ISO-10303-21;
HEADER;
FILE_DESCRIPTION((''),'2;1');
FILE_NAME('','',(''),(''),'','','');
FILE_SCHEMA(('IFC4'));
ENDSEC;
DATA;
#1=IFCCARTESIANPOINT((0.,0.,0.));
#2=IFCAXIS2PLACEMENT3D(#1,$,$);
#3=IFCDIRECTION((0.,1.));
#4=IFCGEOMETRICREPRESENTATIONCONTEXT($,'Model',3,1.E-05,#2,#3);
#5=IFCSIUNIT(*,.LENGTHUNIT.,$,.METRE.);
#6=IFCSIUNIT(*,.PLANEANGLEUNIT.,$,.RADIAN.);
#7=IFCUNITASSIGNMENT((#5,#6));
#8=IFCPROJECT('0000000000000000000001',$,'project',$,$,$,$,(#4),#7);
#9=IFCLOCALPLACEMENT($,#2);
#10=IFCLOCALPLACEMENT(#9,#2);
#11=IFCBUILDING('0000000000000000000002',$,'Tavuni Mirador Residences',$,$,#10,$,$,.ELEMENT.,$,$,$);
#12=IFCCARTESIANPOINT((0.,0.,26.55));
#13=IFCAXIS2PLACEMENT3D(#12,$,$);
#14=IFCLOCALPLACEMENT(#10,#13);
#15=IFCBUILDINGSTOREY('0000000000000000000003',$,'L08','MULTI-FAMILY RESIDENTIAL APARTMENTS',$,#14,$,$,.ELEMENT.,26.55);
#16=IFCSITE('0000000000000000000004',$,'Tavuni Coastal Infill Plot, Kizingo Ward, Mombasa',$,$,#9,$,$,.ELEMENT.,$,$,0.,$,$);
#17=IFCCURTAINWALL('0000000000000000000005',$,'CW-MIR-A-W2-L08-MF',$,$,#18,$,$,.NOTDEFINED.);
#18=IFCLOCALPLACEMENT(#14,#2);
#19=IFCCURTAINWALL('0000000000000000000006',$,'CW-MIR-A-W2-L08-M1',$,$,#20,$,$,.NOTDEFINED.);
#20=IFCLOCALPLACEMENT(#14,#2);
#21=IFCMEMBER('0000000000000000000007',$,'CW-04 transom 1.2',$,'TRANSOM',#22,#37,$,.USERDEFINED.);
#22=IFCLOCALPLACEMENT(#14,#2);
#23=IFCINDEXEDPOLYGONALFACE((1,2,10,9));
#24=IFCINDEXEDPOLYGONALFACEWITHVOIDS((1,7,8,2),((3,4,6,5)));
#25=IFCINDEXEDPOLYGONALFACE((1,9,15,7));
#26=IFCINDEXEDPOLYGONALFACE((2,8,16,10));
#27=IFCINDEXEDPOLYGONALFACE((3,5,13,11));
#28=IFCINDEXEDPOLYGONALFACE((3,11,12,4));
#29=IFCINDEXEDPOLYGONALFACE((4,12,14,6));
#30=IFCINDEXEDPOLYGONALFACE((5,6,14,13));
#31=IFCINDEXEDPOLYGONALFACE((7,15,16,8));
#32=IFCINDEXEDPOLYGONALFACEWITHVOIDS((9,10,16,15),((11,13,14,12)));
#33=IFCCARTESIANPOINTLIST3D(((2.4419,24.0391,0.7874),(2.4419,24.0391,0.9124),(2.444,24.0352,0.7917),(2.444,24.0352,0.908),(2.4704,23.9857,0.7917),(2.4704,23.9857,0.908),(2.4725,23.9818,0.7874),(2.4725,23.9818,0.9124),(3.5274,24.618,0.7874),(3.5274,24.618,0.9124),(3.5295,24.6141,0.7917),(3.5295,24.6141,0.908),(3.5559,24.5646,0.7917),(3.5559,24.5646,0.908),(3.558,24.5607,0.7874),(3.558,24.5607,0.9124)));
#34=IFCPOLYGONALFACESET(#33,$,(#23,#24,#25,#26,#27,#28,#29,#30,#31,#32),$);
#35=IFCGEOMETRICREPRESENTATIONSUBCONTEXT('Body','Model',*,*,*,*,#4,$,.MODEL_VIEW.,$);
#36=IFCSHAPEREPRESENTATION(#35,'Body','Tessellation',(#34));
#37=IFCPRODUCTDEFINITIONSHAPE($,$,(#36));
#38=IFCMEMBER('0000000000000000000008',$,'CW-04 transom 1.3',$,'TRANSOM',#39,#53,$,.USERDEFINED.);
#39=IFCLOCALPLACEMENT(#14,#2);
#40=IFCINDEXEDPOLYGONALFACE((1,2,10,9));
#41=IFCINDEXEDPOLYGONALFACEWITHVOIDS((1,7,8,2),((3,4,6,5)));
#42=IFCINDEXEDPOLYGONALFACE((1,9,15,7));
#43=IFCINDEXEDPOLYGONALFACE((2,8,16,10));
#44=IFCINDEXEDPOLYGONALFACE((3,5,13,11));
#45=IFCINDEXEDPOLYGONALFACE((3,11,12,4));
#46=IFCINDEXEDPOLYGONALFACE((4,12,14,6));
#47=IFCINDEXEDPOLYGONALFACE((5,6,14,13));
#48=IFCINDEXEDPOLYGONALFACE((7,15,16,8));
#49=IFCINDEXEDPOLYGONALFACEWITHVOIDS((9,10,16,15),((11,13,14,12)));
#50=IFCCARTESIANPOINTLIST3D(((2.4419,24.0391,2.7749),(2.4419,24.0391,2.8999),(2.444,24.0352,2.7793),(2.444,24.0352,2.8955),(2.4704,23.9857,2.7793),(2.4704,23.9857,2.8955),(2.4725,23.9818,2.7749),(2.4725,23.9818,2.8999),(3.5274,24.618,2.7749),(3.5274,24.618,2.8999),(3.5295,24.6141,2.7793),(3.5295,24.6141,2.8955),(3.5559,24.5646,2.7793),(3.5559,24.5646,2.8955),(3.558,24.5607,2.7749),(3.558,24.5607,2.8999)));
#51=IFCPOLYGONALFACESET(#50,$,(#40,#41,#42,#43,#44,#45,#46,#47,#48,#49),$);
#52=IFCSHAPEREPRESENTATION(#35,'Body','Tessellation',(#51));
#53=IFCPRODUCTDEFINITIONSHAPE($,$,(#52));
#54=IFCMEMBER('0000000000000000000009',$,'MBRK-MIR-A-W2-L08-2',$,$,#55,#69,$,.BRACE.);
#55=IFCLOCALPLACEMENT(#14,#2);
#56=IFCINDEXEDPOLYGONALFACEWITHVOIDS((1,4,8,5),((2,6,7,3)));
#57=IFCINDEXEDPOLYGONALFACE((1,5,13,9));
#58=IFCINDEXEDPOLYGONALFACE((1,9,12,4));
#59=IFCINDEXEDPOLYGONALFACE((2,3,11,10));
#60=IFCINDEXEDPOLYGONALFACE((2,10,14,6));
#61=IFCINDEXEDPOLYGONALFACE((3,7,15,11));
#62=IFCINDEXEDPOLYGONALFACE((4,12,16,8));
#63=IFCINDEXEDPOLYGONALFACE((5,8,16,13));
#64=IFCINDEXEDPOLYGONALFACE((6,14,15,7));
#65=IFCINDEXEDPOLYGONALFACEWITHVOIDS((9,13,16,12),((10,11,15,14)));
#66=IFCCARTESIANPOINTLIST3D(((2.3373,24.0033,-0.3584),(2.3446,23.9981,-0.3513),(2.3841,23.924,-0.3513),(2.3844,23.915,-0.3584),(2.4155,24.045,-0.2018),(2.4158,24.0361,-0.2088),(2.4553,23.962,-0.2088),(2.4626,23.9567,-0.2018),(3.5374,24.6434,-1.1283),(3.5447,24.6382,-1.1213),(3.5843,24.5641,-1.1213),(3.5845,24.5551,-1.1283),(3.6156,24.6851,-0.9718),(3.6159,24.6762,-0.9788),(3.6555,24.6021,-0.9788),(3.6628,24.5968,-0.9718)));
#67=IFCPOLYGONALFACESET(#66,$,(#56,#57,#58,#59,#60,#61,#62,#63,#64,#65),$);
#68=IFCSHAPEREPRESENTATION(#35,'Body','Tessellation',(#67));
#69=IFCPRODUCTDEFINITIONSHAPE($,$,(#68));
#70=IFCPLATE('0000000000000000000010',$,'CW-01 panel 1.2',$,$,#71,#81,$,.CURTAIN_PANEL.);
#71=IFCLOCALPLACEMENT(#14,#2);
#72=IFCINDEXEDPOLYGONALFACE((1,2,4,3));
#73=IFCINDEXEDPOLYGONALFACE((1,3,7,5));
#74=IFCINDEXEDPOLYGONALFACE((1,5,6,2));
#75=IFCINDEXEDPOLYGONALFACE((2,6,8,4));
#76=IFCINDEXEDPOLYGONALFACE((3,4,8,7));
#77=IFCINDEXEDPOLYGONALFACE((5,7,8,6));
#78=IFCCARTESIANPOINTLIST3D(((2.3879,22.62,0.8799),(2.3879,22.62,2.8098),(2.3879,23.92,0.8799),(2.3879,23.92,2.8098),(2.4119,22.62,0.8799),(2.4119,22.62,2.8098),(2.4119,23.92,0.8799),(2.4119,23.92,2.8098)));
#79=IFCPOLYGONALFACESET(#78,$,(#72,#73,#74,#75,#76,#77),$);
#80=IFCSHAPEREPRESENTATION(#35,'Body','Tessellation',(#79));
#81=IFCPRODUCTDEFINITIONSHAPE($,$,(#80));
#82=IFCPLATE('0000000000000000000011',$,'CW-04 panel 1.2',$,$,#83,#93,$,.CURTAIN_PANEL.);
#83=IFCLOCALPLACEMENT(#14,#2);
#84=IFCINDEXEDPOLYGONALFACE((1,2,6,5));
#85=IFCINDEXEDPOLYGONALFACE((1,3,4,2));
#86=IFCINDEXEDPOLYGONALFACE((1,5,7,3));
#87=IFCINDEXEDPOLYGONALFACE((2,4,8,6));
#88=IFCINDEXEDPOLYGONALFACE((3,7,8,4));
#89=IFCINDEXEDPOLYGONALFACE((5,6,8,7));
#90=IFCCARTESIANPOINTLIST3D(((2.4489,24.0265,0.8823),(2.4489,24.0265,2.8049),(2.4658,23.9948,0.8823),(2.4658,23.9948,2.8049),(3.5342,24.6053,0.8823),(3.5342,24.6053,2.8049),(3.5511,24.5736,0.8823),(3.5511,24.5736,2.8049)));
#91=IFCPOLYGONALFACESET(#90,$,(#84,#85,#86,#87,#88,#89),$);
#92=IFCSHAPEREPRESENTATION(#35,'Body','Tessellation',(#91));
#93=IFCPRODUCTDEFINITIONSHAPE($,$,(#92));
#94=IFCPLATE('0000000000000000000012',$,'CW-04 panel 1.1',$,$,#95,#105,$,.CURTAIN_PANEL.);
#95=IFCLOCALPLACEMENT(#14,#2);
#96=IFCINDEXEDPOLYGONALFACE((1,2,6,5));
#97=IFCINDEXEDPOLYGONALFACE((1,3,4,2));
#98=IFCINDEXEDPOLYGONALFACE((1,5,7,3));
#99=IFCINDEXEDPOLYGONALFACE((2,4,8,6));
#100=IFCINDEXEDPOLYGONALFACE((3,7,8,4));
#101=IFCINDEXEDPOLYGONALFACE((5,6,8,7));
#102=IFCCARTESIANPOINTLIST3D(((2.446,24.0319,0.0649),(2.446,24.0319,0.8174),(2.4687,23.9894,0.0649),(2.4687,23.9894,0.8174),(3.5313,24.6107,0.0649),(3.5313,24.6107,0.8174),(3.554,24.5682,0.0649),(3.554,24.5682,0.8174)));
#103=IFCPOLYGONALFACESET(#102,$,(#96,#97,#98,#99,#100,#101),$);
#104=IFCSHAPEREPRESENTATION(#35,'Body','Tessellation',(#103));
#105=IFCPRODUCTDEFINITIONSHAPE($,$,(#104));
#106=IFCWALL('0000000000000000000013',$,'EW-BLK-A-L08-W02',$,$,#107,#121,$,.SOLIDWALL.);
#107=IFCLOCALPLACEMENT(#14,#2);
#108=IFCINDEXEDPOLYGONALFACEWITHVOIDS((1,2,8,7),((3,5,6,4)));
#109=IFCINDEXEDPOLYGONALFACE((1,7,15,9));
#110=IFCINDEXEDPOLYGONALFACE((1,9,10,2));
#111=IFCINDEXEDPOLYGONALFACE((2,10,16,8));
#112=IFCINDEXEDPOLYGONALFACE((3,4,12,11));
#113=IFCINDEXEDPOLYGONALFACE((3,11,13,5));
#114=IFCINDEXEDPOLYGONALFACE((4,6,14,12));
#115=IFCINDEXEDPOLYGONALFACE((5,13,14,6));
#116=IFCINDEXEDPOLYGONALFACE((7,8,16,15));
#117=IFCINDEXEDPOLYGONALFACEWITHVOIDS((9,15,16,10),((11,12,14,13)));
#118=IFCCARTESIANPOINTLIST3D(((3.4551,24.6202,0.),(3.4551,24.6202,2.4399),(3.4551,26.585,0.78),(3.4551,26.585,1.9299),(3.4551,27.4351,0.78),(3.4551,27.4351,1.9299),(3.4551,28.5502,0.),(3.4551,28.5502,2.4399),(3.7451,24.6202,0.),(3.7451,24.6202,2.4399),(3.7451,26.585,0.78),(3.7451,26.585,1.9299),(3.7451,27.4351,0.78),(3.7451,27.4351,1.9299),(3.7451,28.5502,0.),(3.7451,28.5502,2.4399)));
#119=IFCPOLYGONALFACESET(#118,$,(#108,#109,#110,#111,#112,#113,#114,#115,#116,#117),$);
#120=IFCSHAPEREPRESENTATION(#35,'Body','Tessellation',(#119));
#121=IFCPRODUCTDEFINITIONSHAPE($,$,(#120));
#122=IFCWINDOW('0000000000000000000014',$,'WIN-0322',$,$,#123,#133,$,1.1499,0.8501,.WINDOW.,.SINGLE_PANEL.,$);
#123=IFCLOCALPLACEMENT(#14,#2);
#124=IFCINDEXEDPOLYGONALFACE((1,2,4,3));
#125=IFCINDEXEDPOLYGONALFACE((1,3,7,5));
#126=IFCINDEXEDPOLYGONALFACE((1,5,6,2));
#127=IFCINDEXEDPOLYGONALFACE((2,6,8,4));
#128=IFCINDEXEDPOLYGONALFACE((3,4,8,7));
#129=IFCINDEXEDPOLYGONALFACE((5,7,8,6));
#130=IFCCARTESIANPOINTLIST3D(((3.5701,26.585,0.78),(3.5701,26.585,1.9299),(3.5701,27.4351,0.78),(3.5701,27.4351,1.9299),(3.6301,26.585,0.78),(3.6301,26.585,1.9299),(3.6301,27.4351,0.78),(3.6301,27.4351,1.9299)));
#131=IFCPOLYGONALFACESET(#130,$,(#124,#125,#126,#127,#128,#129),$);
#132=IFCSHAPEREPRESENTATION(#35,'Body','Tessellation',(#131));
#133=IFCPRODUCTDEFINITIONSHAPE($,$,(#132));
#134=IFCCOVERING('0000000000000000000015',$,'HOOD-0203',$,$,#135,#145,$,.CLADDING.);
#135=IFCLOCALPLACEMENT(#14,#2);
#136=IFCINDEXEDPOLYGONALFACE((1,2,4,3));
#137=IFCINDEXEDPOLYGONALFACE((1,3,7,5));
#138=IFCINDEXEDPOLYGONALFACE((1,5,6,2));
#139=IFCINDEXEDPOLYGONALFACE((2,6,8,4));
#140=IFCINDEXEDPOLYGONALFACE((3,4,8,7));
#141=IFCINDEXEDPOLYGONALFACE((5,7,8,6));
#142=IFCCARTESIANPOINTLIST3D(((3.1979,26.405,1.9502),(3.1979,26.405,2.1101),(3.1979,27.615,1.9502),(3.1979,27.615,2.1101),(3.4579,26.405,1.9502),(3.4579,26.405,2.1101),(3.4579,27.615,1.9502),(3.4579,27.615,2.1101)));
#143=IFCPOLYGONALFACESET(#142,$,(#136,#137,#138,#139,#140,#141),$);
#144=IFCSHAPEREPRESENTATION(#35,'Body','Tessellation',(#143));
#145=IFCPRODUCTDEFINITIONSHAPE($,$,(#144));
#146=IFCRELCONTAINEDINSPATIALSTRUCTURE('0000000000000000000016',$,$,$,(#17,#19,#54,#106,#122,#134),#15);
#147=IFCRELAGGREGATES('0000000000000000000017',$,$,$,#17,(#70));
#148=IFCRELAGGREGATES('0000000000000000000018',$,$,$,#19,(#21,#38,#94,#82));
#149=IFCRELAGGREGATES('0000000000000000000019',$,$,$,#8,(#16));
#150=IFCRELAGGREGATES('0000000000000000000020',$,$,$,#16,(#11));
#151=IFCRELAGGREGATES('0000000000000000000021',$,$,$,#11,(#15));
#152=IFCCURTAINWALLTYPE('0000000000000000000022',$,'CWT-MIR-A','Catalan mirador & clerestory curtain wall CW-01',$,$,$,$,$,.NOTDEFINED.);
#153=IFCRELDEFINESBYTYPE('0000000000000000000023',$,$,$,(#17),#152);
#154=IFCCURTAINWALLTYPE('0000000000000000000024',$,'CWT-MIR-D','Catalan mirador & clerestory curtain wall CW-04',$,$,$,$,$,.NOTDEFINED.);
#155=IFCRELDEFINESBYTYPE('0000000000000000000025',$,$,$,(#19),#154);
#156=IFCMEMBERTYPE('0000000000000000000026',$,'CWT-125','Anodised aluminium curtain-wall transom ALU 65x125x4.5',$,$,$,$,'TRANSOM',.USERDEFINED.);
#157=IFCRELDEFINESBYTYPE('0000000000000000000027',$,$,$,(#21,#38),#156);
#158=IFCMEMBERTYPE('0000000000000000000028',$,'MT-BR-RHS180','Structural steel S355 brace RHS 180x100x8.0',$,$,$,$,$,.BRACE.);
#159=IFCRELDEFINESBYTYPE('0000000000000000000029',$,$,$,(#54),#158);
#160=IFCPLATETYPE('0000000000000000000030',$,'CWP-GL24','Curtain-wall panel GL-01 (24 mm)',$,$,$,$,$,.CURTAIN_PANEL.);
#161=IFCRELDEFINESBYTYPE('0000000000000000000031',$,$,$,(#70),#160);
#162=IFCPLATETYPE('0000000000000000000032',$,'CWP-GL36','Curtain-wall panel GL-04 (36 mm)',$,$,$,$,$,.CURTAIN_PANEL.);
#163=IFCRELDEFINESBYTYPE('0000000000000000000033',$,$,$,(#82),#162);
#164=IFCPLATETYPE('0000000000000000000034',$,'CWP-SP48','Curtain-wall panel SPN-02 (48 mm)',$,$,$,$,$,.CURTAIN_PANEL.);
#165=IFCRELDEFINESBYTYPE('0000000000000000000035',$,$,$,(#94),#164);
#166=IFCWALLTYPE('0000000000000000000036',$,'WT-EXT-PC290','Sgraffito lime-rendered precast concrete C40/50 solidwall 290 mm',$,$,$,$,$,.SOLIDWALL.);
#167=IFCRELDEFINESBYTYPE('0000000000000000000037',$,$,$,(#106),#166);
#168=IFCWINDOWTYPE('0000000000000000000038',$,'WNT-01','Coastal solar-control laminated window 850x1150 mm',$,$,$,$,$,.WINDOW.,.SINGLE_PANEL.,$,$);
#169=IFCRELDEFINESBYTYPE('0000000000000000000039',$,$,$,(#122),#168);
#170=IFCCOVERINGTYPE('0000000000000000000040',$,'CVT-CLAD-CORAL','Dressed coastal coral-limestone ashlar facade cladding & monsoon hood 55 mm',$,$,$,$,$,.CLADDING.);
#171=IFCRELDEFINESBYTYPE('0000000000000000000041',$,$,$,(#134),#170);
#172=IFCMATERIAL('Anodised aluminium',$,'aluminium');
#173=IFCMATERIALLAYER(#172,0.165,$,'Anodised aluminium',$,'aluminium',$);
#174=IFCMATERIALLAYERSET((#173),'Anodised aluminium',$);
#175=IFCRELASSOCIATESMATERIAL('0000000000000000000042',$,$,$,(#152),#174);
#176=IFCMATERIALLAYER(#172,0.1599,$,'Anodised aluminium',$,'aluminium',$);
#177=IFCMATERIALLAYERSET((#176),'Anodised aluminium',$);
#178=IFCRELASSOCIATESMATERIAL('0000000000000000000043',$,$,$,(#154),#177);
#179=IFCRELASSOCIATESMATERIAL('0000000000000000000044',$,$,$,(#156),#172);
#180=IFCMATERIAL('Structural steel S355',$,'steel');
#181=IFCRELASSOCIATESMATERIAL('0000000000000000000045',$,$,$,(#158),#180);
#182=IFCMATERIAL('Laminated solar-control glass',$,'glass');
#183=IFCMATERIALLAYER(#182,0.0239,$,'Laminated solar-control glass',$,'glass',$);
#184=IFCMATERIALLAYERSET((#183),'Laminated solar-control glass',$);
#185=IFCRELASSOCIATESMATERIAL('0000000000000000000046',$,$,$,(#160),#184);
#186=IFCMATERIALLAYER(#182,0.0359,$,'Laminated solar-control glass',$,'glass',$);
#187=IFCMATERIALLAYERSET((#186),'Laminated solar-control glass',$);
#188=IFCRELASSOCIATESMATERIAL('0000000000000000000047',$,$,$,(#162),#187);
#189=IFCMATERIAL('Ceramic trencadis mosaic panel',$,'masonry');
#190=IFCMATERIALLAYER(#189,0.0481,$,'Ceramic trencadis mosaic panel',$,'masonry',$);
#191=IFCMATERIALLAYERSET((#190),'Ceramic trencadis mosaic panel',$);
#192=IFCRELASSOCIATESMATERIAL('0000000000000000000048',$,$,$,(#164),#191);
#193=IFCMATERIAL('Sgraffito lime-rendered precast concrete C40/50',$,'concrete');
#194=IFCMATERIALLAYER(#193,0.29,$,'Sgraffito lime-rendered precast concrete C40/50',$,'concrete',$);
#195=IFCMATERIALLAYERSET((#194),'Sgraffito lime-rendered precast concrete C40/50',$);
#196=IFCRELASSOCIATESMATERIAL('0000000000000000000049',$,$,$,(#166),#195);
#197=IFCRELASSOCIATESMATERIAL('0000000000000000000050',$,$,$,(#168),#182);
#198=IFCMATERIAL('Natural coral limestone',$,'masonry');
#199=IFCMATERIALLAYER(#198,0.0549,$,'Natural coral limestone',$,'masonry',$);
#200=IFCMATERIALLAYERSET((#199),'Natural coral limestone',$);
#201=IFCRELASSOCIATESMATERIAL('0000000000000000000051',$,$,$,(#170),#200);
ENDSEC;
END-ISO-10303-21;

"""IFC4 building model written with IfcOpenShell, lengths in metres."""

from ifc_helpers import new_model, si_unit, direction, frame, frame_2d, origin, origin_2d, place, context, subcontext, project, spatial, rectangle, hollow_rectangle, extrude, material, layer, layer_set, material_profile, profile_set, type_object, element, fill, aggregate, save


model = new_model("IFC4")

# Units and contexts
model_context = context("Model", 3, precision=1e-05, world=origin(), true_north=direction((0.0, 1.0)))
body_context = subcontext(model_context, "Body", "Model", "MODEL_VIEW")
ifc_project = project(units=[si_unit("LENGTHUNIT", "METRE"), si_unit("PLANEANGLEUNIT", "RADIAN")], contexts=[model_context])

# Site, building, storey
site_placement = place(None, origin())
site = spatial("IfcSite", under=ifc_project, at=site_placement, Name="Tavuni Coastal Infill Plot, Kizingo Ward, Mombasa", CompositionType="ELEMENT", RefElevation=0.0)
building_placement = place(site_placement, origin())
building = spatial("IfcBuilding", under=site, at=building_placement, Name="Tavuni Mirador Residences", CompositionType="ELEMENT")
storey_placement = place(building_placement, frame((0.0, 0.0, 26.55)))
storey = spatial("IfcBuildingStorey", under=building, at=storey_placement, Name="L08", Description="MULTI-FAMILY RESIDENTIAL APARTMENTS", CompositionType="ELEMENT", Elevation=26.55)

# Curtain wall
ifc_material_1 = material(Name="Anodised aluminium", Category="aluminium")
ifc_layer_1 = layer(ifc_material_1, 0.165, Name="Anodised aluminium", Category="aluminium")
ifc_layer_set_1 = layer_set([ifc_layer_1], Name="Anodised aluminium")
curtain_wall_type_1 = type_object("IfcCurtainWallType", Name="CWT-MIR-A", Description="Catalan mirador & clerestory curtain wall CW-01", PredefinedType="NOTDEFINED", material=ifc_layer_set_1)
curtain_wall_1_placement = place(storey_placement, origin())
curtain_wall_1 = element("IfcCurtainWall", 1, at=curtain_wall_1_placement, inside=storey, type_object=curtain_wall_type_1, Name="CW-MIR-A-W2-L08-MF", PredefinedType="NOTDEFINED")

# Curtain wall
ifc_layer_2 = layer(ifc_material_1, 0.1599, Name="Anodised aluminium", Category="aluminium")
ifc_layer_set_2 = layer_set([ifc_layer_2], Name="Anodised aluminium")
curtain_wall_type_2 = type_object("IfcCurtainWallType", Name="CWT-MIR-D", Description="Catalan mirador & clerestory curtain wall CW-04", PredefinedType="NOTDEFINED", material=ifc_layer_set_2)
curtain_wall_2_placement = place(storey_placement, origin())
curtain_wall_2 = element("IfcCurtainWall", 2, at=curtain_wall_2_placement, inside=storey, type_object=curtain_wall_type_2, Name="CW-MIR-A-W2-L08-M1", PredefinedType="NOTDEFINED")

# Members
ifc_material_profile_1 = material_profile(ifc_material_1, hollow_rectangle(XDim=0.0649, YDim=0.125, WallThickness=0.0044, at=origin_2d()), Name="ALU 65x125x4.5", Category="aluminium")
ifc_profile_set_1 = profile_set([ifc_material_profile_1], Name="Anodised aluminium")
member_type_1 = type_object("IfcMemberType", Name="CWT-125", Description="Anodised aluminium curtain-wall transom ALU 65x125x4.5", ElementType="TRANSOM", PredefinedType="USERDEFINED", material=ifc_profile_set_1)
member_1_placement = place(storey_placement, frame((3.5427, 24.5894, 0.8499), z_axis=(-0.882369, -0.470557, 0.0), x_axis=(0.470557, -0.882369, 0.0)))
member_1 = element("IfcMember", 3, at=member_1_placement, type_object=member_type_1, Name="CW-04 transom 1.2", ObjectType="TRANSOM", PredefinedType="USERDEFINED", context=body_context, shape_type="SweptSolid", body=[
    extrude(hollow_rectangle(XDim=0.0649, YDim=0.125, WallThickness=0.0044, at=origin_2d()), origin(), (0.0, 0.0, 1.0), 1.2302),
])
member_2_placement = place(storey_placement, frame((3.5427, 24.5894, 2.8374), z_axis=(-0.882369, -0.470557, 0.0), x_axis=(0.470557, -0.882369, 0.0)))
member_2 = element("IfcMember", 4, at=member_2_placement, type_object=member_type_1, Name="CW-04 transom 1.3", ObjectType="TRANSOM", PredefinedType="USERDEFINED", context=body_context, shape_type="SweptSolid", body=[
    extrude(hollow_rectangle(XDim=0.0649, YDim=0.125, WallThickness=0.0044, at=origin_2d()), origin(), (0.0, 0.0, 1.0), 1.2302),
])
ifc_material_2 = material(Name="Structural steel S355", Category="steel")
ifc_material_profile_2 = material_profile(ifc_material_2, hollow_rectangle(XDim=0.1001, YDim=0.1799, WallThickness=0.0081, at=origin_2d()), Name="RHS 180x100x8.0", Category="steel")
ifc_profile_set_2 = profile_set([ifc_material_profile_2], Name="Structural steel S355")
member_type_2 = type_object("IfcMemberType", Name="MT-BR-RHS180", Description="Structural steel S355 brace RHS 180x100x8.0", PredefinedType="BRACE", material=ifc_profile_set_2)
member_3_placement = place(storey_placement, frame((3.6001, 24.6201, -1.05), z_axis=(-0.767847, -0.409539, 0.492634), x_axis=(0.470607, -0.882343, 0.0)))
element("IfcMember", 5, at=member_3_placement, inside=storey, type_object=member_type_2, Name="MBRK-MIR-A-W2-L08-2", PredefinedType="BRACE", context=body_context, shape_type="SweptSolid", body=[
    extrude(hollow_rectangle(XDim=0.1001, YDim=0.1799, WallThickness=0.0081, at=origin_2d()), origin(), (0.0, 0.0, 1.0), 1.563),
])

# Plates
ifc_material_3 = material(Name="Laminated solar-control glass", Category="glass")
ifc_layer_3 = layer(ifc_material_3, 0.0239, Name="Laminated solar-control glass", Category="glass")
ifc_layer_set_3 = layer_set([ifc_layer_3], Name="Laminated solar-control glass")
plate_type_1 = type_object("IfcPlateType", Name="CWP-GL24", Description="Curtain-wall panel GL-01 (24 mm)", PredefinedType="CURTAIN_PANEL", material=ifc_layer_set_3)
plate_1_placement = place(storey_placement, frame((2.3999, 23.27, 0.8799), z_axis=(0.0, 0.0, 1.0), x_axis=(0.0, -1.0, 0.0)))
plate_1 = element("IfcPlate", 6, at=plate_1_placement, type_object=plate_type_1, Name="CW-01 panel 1.2", PredefinedType="CURTAIN_PANEL", context=body_context, shape_type="SweptSolid", body=[
    extrude(rectangle(XDim=1.3, YDim=0.0239, at=origin_2d()), origin(), (0.0, 0.0, 1.0), 1.9299),
])
aggregate(curtain_wall_1, [plate_1])
ifc_layer_4 = layer(ifc_material_3, 0.0359, Name="Laminated solar-control glass", Category="glass")
ifc_layer_set_4 = layer_set([ifc_layer_4], Name="Laminated solar-control glass")
plate_type_2 = type_object("IfcPlateType", Name="CWP-GL36", Description="Curtain-wall panel GL-04 (36 mm)", PredefinedType="CURTAIN_PANEL", material=ifc_layer_set_4)
plate_2_placement = place(storey_placement, frame((3.0, 24.3, 0.8823), z_axis=(0.0, 0.0, 1.0), x_axis=(-0.882353, -0.470588, 0.0)))
plate_2 = element("IfcPlate", 7, at=plate_2_placement, type_object=plate_type_2, Name="CW-04 panel 1.2", PredefinedType="CURTAIN_PANEL", context=body_context, shape_type="SweptSolid", body=[
    extrude(rectangle(XDim=1.23, YDim=0.0359, at=origin_2d()), origin(), (0.0, 0.0, 1.0), 1.9226),
])
ifc_material_4 = material(Name="Ceramic trencadis mosaic panel", Category="masonry")
ifc_layer_5 = layer(ifc_material_4, 0.0481, Name="Ceramic trencadis mosaic panel", Category="masonry")
ifc_layer_set_5 = layer_set([ifc_layer_5], Name="Ceramic trencadis mosaic panel")
plate_type_3 = type_object("IfcPlateType", Name="CWP-SP48", Description="Curtain-wall panel SPN-02 (48 mm)", PredefinedType="CURTAIN_PANEL", material=ifc_layer_set_5)
plate_3_placement = place(storey_placement, frame((3.0, 24.3, 0.0649), z_axis=(0.0, 0.0, 1.0), x_axis=(-0.882353, -0.470588, 0.0)))
plate_3 = element("IfcPlate", 8, at=plate_3_placement, type_object=plate_type_3, Name="CW-04 panel 1.1", PredefinedType="CURTAIN_PANEL", context=body_context, shape_type="SweptSolid", body=[
    extrude(rectangle(XDim=1.23, YDim=0.0481, at=origin_2d()), origin(), (0.0, 0.0, 1.0), 0.7524),
])
aggregate(curtain_wall_2, [member_1, member_2, plate_3, plate_2])

# Wall, opening, window
ifc_material_5 = material(Name="Sgraffito lime-rendered precast concrete C40/50", Category="concrete")
ifc_layer_6 = layer(ifc_material_5, 0.29, Name="Sgraffito lime-rendered precast concrete C40/50", Category="concrete")
ifc_layer_set_6 = layer_set([ifc_layer_6], Name="Sgraffito lime-rendered precast concrete C40/50")
wall_type = type_object("IfcWallType", Name="WT-EXT-PC290", Description="Sgraffito lime-rendered precast concrete C40/50 solidwall 290 mm", PredefinedType="SOLIDWALL", material=ifc_layer_set_6)
wall_placement = place(storey_placement, frame((3.6001, 28.55, 0.0), z_axis=(0.0, 0.0, 1.0), x_axis=(0.0, -1.0, 0.0)))
wall = element("IfcWall", 9, at=wall_placement, inside=storey, type_object=wall_type, Name="EW-BLK-A-L08-W02", PredefinedType="SOLIDWALL", context=body_context, shape_type="SweptSolid", body=[
    extrude(rectangle(XDim=3.9299, YDim=0.29, at=frame_2d((1.9648, 0.0))), origin(), (0.0, 0.0, 1.0), 2.4399),
])
opening_placement = place(wall_placement, frame((1.115, 0.0, 0.78)))
opening = element("IfcOpeningElement", 10, at=opening_placement, cuts=wall, PredefinedType="OPENING", context=body_context, shape_type="SweptSolid", body=[
    extrude(rectangle(XDim=0.8501, YDim=1.1499, at=frame_2d((0.425, 0.575))), frame((0.0, 0.155, 0.0), z_axis=(0.0, -1.0, 0.0), x_axis=(1.0, 0.0, 0.0)), (0.0, 0.0, 1.0), 0.3101),
])
window_type = type_object("IfcWindowType", Name="WNT-01", Description="Coastal solar-control laminated window 850x1150 mm", PartitioningType="SINGLE_PANEL", PredefinedType="WINDOW", material=ifc_material_3)
window_placement = place(opening_placement, origin())
window = element("IfcWindow", 11, at=window_placement, inside=storey, type_object=window_type, Name="WIN-0322", OverallHeight=1.1499, OverallWidth=0.8501, PartitioningType="SINGLE_PANEL", PredefinedType="WINDOW", context=body_context, shape_type="SweptSolid", body=[
    extrude(rectangle(XDim=0.8501, YDim=1.1499, at=frame_2d((0.425, 0.575))), frame((0.0, 0.03, 0.0), z_axis=(0.0, -1.0, 0.0), x_axis=(1.0, 0.0, 0.0)), (0.0, 0.0, 1.0), 0.0601),
])
fill(opening, window)

# Covering
ifc_material_6 = material(Name="Natural coral limestone", Category="masonry")
ifc_layer_7 = layer(ifc_material_6, 0.0549, Name="Natural coral limestone", Category="masonry")
ifc_layer_set_7 = layer_set([ifc_layer_7], Name="Natural coral limestone")
covering_type = type_object("IfcCoveringType", Name="CVT-CLAD-CORAL", Description="Dressed coastal coral-limestone ashlar facade cladding & monsoon hood 55 mm", PredefinedType="CLADDING", material=ifc_layer_set_7)
covering_placement = place(storey_placement, frame((3.3279, 27.01, 1.9502), z_axis=(0.0, 0.0, 1.0), x_axis=(0.0, -1.0, 0.0)))
element("IfcCovering", 12, at=covering_placement, inside=storey, type_object=covering_type, Name="HOOD-0203", PredefinedType="CLADDING", context=body_context, shape_type="SweptSolid", body=[
    extrude(rectangle(XDim=1.21, YDim=0.26, at=origin_2d()), origin(), (0.0, 0.0, 1.0), 0.1599),
])

save(model, "model.ifc")
